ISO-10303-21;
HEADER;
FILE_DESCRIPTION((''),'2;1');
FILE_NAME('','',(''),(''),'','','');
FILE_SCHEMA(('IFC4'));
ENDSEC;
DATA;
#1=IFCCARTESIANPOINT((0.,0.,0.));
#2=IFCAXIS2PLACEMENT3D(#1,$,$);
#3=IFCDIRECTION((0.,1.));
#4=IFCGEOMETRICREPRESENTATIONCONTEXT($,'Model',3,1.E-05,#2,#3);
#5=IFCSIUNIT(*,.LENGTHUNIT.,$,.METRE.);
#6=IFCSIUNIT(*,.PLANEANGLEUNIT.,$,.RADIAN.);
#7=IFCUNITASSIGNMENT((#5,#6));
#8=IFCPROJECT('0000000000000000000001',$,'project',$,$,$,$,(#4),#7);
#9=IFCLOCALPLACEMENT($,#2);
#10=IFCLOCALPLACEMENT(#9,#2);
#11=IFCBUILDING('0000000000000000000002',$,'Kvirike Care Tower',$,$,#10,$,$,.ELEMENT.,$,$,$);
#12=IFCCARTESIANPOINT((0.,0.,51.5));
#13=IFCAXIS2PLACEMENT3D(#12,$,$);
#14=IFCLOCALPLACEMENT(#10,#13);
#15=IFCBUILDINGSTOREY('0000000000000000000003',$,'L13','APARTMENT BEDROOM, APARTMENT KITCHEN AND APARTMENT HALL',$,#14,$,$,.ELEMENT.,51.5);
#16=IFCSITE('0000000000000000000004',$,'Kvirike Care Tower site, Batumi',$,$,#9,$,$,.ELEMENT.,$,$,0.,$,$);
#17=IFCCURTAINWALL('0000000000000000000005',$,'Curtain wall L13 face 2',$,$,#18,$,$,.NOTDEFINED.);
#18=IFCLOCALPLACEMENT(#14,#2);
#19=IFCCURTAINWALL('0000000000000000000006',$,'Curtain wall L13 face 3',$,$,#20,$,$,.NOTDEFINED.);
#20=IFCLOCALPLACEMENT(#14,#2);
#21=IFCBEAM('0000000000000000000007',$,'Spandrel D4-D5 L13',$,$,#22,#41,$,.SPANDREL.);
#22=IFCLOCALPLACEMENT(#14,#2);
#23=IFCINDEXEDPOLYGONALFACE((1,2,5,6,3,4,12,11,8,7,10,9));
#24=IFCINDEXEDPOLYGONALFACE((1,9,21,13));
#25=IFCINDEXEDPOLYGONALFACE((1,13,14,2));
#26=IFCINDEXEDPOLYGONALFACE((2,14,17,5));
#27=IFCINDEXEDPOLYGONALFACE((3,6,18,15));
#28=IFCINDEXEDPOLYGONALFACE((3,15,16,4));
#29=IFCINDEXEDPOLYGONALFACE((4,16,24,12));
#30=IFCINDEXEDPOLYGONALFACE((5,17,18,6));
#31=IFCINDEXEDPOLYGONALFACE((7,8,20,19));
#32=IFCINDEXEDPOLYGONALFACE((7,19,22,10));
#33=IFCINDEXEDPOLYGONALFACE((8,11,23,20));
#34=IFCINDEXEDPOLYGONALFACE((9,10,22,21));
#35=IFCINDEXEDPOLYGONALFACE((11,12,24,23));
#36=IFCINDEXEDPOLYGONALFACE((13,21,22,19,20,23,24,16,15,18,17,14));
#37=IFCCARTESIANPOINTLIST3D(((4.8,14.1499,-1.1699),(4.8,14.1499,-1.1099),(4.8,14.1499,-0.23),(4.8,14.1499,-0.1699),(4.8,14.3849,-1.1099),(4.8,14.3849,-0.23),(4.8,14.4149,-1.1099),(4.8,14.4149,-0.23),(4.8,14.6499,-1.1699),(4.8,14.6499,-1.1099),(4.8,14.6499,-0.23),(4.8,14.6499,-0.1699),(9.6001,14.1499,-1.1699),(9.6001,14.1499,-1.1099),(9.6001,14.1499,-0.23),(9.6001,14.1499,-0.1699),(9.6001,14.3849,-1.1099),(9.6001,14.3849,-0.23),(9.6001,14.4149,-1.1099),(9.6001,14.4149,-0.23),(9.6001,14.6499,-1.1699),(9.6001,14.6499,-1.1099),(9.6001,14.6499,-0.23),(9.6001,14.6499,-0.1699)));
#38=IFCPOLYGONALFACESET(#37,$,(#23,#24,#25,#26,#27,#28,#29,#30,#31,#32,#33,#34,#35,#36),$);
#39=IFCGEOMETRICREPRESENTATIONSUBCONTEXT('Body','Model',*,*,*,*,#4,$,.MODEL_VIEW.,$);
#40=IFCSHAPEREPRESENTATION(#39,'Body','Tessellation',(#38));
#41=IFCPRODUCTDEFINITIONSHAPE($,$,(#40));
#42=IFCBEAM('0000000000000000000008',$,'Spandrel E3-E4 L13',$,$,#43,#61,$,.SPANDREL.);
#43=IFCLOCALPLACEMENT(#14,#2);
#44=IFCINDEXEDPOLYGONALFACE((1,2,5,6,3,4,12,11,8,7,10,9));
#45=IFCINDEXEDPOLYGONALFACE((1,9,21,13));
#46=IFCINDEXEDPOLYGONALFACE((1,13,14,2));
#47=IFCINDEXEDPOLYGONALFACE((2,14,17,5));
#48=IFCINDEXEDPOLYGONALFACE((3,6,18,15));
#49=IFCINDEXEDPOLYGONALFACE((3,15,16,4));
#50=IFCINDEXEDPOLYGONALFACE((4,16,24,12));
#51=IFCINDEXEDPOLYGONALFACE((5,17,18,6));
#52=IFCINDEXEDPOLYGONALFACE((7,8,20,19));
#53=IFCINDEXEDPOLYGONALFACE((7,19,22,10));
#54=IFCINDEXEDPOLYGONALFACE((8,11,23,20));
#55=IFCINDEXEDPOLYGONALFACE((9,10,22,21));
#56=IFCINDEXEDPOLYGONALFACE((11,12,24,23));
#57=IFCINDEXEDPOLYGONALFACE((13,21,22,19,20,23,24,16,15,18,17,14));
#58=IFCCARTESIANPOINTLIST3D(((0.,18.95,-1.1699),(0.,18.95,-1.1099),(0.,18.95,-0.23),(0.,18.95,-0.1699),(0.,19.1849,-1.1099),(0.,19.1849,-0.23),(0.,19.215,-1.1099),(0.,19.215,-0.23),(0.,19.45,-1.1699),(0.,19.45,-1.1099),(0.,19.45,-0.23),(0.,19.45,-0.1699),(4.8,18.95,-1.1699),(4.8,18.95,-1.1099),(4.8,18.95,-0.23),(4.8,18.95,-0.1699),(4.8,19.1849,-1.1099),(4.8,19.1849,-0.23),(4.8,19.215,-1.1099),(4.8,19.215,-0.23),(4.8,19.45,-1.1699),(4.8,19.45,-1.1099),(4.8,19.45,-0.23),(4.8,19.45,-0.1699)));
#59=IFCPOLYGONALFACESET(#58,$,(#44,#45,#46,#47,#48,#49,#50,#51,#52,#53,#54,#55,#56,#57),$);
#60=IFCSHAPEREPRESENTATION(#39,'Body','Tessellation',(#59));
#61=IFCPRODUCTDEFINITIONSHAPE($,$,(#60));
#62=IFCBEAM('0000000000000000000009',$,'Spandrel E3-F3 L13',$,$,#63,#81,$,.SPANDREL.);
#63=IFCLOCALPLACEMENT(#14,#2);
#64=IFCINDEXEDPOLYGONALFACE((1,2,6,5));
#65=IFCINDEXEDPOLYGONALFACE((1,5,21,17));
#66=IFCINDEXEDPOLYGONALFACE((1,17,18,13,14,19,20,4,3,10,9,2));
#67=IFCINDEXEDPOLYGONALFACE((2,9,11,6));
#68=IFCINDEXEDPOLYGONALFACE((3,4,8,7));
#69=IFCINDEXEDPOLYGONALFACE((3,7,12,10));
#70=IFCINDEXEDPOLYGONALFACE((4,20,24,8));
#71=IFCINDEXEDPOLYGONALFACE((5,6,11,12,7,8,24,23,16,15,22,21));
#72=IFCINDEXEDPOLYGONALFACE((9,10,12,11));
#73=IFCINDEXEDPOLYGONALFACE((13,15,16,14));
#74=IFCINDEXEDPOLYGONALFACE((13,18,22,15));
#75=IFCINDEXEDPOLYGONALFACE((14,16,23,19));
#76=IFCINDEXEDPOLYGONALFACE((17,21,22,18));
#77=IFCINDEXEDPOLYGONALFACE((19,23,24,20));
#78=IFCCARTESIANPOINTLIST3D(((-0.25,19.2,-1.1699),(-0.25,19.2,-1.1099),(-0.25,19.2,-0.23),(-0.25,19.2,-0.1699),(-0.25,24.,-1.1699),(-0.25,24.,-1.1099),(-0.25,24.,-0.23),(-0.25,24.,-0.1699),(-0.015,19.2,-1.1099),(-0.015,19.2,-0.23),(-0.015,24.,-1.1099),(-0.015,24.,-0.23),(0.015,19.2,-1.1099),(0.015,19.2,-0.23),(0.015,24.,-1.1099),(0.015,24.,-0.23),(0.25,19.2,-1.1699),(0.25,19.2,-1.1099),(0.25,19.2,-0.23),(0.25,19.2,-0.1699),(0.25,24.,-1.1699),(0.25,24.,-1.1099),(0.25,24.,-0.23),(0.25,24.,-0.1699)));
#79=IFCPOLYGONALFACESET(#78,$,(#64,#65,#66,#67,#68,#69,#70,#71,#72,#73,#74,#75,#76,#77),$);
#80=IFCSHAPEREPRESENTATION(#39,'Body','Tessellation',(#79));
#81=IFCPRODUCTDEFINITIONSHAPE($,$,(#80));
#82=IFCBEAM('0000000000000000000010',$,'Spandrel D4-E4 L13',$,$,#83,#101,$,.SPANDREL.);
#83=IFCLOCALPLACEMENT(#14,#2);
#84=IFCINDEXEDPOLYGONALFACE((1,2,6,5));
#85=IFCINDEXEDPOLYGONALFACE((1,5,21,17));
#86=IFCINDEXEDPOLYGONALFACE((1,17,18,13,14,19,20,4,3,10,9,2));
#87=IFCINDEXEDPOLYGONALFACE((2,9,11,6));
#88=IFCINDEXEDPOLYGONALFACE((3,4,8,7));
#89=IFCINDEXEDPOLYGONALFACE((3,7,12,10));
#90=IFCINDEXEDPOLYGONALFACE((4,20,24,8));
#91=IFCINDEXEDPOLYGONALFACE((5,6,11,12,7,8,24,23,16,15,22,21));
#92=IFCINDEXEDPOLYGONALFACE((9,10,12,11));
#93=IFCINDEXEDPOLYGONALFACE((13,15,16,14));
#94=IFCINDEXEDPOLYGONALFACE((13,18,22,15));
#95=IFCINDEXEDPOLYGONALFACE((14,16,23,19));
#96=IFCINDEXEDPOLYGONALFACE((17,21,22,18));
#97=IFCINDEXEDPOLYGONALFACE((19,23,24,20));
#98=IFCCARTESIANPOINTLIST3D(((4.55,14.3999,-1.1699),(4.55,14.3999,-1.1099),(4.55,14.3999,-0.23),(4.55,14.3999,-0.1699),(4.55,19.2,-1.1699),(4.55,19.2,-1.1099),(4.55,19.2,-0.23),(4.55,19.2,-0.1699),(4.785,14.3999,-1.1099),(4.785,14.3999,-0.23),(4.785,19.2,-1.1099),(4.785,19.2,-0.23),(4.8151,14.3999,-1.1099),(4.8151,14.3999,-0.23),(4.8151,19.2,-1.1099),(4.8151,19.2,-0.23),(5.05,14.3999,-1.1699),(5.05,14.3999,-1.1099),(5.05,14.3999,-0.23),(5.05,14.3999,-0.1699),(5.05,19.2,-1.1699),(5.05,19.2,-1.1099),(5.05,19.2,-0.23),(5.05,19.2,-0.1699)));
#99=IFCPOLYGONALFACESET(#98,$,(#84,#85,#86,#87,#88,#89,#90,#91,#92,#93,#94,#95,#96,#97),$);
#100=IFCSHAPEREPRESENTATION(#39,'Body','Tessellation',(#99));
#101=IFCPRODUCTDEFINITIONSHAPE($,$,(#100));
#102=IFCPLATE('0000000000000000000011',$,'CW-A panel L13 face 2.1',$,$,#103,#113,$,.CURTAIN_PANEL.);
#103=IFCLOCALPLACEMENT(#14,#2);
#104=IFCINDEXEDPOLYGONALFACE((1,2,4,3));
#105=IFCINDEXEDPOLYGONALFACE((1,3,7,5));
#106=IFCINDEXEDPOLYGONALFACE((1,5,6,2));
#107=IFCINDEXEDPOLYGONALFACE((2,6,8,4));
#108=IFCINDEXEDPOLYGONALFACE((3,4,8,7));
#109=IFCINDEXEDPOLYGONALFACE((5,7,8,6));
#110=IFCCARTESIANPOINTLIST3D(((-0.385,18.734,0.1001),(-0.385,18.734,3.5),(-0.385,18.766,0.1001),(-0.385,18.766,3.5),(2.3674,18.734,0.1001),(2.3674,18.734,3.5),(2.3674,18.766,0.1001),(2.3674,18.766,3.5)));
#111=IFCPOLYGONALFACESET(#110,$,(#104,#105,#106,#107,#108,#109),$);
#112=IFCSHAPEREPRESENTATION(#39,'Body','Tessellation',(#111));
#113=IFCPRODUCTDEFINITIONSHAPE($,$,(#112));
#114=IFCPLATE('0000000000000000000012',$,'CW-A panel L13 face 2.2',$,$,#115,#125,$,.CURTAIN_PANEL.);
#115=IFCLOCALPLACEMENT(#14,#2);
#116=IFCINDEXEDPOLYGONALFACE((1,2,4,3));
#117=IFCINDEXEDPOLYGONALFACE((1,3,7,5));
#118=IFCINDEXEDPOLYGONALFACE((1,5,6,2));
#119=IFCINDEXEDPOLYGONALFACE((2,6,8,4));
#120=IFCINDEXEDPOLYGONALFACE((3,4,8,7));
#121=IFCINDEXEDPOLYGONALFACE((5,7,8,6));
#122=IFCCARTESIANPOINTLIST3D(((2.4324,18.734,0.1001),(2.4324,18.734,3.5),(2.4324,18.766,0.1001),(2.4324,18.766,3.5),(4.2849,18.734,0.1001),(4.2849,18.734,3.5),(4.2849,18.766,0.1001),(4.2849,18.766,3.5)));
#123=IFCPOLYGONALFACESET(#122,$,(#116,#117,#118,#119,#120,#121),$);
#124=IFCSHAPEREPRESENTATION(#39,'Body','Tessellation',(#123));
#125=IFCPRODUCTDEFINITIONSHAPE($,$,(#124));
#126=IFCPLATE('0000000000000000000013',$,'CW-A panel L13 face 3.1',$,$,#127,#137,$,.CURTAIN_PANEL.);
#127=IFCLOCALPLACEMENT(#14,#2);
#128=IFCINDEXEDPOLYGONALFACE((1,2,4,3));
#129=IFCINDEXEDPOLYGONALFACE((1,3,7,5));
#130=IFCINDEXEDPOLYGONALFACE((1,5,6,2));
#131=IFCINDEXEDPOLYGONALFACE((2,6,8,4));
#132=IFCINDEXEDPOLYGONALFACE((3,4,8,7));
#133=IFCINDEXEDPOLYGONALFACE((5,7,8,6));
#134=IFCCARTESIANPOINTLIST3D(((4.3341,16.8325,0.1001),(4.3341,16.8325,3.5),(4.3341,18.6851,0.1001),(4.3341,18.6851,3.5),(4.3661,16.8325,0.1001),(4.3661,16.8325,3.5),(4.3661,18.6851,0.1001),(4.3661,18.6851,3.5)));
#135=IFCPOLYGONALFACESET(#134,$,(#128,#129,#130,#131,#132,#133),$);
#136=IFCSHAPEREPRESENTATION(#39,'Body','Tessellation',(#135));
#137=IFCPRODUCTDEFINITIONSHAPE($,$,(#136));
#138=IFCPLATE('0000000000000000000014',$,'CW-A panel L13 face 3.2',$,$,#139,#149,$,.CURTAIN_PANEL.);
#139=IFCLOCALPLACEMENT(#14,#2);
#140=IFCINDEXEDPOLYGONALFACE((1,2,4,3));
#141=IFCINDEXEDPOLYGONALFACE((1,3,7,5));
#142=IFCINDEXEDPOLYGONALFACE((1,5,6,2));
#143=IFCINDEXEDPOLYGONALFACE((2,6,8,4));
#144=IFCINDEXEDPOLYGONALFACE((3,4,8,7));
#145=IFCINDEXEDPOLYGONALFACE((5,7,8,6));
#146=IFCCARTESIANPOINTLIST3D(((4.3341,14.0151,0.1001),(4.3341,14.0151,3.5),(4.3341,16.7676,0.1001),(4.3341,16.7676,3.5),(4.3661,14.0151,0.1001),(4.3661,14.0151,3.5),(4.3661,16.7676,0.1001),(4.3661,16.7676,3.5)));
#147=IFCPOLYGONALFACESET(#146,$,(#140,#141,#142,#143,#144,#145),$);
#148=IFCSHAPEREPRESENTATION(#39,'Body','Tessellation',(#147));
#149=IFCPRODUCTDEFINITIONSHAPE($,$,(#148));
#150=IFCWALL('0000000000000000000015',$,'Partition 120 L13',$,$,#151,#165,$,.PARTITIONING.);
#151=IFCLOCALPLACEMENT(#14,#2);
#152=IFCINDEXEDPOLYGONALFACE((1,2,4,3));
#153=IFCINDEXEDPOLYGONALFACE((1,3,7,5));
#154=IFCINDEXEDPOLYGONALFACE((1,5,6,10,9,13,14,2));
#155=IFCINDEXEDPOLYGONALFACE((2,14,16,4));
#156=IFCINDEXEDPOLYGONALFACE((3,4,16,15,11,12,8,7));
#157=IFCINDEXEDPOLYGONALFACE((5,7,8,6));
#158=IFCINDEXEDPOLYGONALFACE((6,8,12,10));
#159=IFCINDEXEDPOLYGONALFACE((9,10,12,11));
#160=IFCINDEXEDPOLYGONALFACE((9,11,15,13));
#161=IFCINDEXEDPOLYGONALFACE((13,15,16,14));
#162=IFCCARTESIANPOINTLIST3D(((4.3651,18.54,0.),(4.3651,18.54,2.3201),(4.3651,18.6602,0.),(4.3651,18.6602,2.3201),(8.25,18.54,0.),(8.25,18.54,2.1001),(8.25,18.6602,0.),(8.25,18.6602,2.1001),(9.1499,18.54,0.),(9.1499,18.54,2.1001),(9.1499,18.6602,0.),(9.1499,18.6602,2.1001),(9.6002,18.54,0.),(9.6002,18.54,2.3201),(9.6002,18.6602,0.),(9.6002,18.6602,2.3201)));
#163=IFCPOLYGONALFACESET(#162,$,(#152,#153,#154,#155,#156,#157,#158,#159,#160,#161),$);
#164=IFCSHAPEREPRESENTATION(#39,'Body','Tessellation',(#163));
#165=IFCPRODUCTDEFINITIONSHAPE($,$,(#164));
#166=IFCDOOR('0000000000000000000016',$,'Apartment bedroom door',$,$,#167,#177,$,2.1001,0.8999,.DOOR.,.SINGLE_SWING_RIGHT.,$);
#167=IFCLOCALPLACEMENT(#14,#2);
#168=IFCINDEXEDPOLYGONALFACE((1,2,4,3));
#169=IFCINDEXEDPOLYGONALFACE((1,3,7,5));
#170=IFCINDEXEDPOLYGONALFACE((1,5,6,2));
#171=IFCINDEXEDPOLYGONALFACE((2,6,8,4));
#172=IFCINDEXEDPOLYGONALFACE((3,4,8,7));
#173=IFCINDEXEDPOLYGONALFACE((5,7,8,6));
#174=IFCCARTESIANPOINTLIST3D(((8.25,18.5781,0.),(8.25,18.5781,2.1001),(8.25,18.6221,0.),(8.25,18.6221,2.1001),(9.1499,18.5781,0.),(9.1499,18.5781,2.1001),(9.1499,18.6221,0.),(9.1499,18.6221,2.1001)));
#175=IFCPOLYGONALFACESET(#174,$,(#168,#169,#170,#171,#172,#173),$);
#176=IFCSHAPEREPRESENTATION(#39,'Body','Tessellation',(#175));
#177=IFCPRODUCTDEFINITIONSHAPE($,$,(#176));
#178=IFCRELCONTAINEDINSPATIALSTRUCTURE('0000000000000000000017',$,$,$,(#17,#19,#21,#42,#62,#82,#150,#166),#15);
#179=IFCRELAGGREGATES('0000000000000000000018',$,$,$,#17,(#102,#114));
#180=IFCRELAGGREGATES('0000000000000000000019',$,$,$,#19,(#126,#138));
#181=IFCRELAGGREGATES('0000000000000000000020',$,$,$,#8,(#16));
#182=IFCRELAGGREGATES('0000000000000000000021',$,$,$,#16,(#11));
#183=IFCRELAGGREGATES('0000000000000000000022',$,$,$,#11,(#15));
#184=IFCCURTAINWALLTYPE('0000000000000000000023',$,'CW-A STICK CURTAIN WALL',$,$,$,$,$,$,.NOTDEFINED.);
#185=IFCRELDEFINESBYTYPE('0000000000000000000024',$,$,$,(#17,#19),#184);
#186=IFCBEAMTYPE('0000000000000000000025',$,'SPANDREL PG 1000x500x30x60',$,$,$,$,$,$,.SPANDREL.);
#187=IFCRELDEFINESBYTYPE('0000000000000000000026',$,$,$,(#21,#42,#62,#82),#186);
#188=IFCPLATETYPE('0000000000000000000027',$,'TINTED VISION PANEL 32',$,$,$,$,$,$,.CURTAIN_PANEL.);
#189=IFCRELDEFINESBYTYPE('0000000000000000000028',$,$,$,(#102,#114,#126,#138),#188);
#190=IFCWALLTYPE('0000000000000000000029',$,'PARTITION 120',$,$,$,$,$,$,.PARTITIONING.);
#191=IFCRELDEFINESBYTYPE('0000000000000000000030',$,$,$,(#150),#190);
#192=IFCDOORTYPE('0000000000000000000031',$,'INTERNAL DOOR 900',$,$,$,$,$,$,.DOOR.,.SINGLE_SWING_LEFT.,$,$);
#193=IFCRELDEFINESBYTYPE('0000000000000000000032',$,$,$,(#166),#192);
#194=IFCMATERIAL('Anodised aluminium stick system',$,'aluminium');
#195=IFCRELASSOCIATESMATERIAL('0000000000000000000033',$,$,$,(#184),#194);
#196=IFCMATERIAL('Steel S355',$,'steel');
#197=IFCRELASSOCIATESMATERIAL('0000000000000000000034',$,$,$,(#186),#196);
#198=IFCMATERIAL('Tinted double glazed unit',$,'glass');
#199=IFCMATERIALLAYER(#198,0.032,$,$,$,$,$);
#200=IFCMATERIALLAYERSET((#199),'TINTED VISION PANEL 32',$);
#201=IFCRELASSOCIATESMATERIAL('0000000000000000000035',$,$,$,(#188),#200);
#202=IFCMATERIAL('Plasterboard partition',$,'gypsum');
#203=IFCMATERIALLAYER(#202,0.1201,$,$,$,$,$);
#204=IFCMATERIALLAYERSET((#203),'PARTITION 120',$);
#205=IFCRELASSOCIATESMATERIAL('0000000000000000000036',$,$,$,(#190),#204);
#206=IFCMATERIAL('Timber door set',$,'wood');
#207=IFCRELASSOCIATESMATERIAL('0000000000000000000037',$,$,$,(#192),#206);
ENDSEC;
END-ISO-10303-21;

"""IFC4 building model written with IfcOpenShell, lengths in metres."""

from ifc_helpers import new_model, si_unit, direction, frame, frame_2d, origin, origin_2d, place, context, subcontext, project, spatial, rectangle, i_section, extrude, material, layer, layer_set, material_profile, profile_set, type_object, element, fill, aggregate, save


model = new_model("IFC4")

# Units and contexts
model_context = context("Model", 3, precision=1e-05, world=origin(), true_north=direction((0.0, 1.0)))
body_context = subcontext(model_context, "Body", "Model", "MODEL_VIEW")
ifc_project = project(units=[si_unit("LENGTHUNIT", "METRE"), si_unit("PLANEANGLEUNIT", "RADIAN")], contexts=[model_context])

# Site, building, storey
site_placement = place(None, origin())
site = spatial("IfcSite", under=ifc_project, at=site_placement, Name="Kvirike Care Tower site, Batumi", CompositionType="ELEMENT", RefElevation=0.0)
building_placement = place(site_placement, origin())
building = spatial("IfcBuilding", under=site, at=building_placement, Name="Kvirike Care Tower", CompositionType="ELEMENT")
storey_placement = place(building_placement, frame((0.0, 0.0, 51.5)))
storey = spatial("IfcBuildingStorey", under=building, at=storey_placement, Name="L13", Description="APARTMENT BEDROOM, APARTMENT KITCHEN AND APARTMENT HALL", CompositionType="ELEMENT", Elevation=51.5)

# Shared definitions
ifc_material_1 = material(Name="Anodised aluminium stick system", Category="aluminium")
curtain_wall_type = type_object("IfcCurtainWallType", Name="CW-A STICK CURTAIN WALL", PredefinedType="NOTDEFINED", material=ifc_material_1)

# Curtain walls
curtain_wall_1_placement = place(storey_placement, origin())
curtain_wall_1 = element("IfcCurtainWall", 1, at=curtain_wall_1_placement, inside=storey, type_object=curtain_wall_type, Name="Curtain wall L13 face 2", PredefinedType="NOTDEFINED")
curtain_wall_2_placement = place(storey_placement, origin())
curtain_wall_2 = element("IfcCurtainWall", 2, at=curtain_wall_2_placement, inside=storey, type_object=curtain_wall_type, Name="Curtain wall L13 face 3", PredefinedType="NOTDEFINED")

# Beams
ifc_material_2 = material(Name="Steel S355", Category="steel")
ifc_material_profile_1 = material_profile(ifc_material_2, i_section(OverallWidth=0.5, OverallDepth=1.0, WebThickness=0.03, FlangeThickness=0.0601, at=origin_2d()), Name="PG 1000x500x30x60")
ifc_profile_set_1 = profile_set([ifc_material_profile_1], Name="Steel S355")
beam_type = type_object("IfcBeamType", Name="SPANDREL PG 1000x500x30x60", PredefinedType="SPANDREL", material=ifc_profile_set_1)
for number, where, z_axis, x_axis, name in (
    (3, (4.8, 14.3999, -0.6699), (1.0, 0.0, 0.0), (0.0, 1.0, 0.0), "Spandrel D4-D5 L13"),
    (4, (0.0, 19.2, -0.6699), (1.0, 0.0, 0.0), (0.0, 1.0, 0.0), "Spandrel E3-E4 L13"),
    (5, (0.0, 19.2, -0.6699), (0.0, 1.0, 0.0), (-1.0, 0.0, 0.0), "Spandrel E3-F3 L13"),
    (6, (4.8, 14.3999, -0.6699), (0.0, 1.0, 0.0), (-1.0, 0.0, 0.0), "Spandrel D4-E4 L13"),
):
    element("IfcBeam", number, at=place(storey_placement, frame(where, z_axis=z_axis, x_axis=x_axis)), inside=storey, type_object=beam_type, Name=name, PredefinedType="SPANDREL", context=body_context, shape_type="SweptSolid", body=[
        extrude(i_section(OverallWidth=0.5, OverallDepth=1.0, WebThickness=0.03, FlangeThickness=0.0601, at=origin_2d()), origin(), (0.0, 0.0, 1.0), 4.8),
    ])

# Plates
ifc_material_3 = material(Name="Tinted double glazed unit", Category="glass")
ifc_layer_1 = layer(ifc_material_3, 0.032)
ifc_layer_set_1 = layer_set([ifc_layer_1], Name="TINTED VISION PANEL 32")
plate_type = type_object("IfcPlateType", Name="TINTED VISION PANEL 32", PredefinedType="CURTAIN_PANEL", material=ifc_layer_set_1)
plate_1_placement = place(storey_placement, frame((0.9912, 18.75, 0.1001), z_axis=(0.0, 0.0, 1.0), x_axis=(1.0, 0.0, 0.0)))
plate_1 = element("IfcPlate", 7, at=plate_1_placement, type_object=plate_type, Name="CW-A panel L13 face 2.1", PredefinedType="CURTAIN_PANEL", context=body_context, shape_type="SweptSolid", body=[
    extrude(rectangle(XDim=2.7524, YDim=0.032, at=origin_2d()), origin(), (0.0, 0.0, 1.0), 3.3999),
])
plate_2_placement = place(storey_placement, frame((3.3586, 18.75, 0.1001), z_axis=(0.0, 0.0, 1.0), x_axis=(1.0, 0.0, 0.0)))
plate_2 = element("IfcPlate", 8, at=plate_2_placement, type_object=plate_type, Name="CW-A panel L13 face 2.2", PredefinedType="CURTAIN_PANEL", context=body_context, shape_type="SweptSolid", body=[
    extrude(rectangle(XDim=1.8525, YDim=0.032, at=origin_2d()), origin(), (0.0, 0.0, 1.0), 3.3999),
])
aggregate(curtain_wall_1, [plate_1, plate_2])
plate_3_placement = place(storey_placement, frame((4.3501, 17.7588, 0.1001), z_axis=(0.0, 0.0, 1.0), x_axis=(0.0, -1.0, 0.0)))
plate_3 = element("IfcPlate", 9, at=plate_3_placement, type_object=plate_type, Name="CW-A panel L13 face 3.1", PredefinedType="CURTAIN_PANEL", context=body_context, shape_type="SweptSolid", body=[
    extrude(rectangle(XDim=1.8525, YDim=0.032, at=origin_2d()), origin(), (0.0, 0.0, 1.0), 3.3999),
])
plate_4_placement = place(storey_placement, frame((4.3501, 15.3914, 0.1001), z_axis=(0.0, 0.0, 1.0), x_axis=(0.0, -1.0, 0.0)))
plate_4 = element("IfcPlate", 10, at=plate_4_placement, type_object=plate_type, Name="CW-A panel L13 face 3.2", PredefinedType="CURTAIN_PANEL", context=body_context, shape_type="SweptSolid", body=[
    extrude(rectangle(XDim=2.7524, YDim=0.032, at=origin_2d()), origin(), (0.0, 0.0, 1.0), 3.3999),
])
aggregate(curtain_wall_2, [plate_3, plate_4])

# Wall, opening, door
ifc_material_4 = material(Name="Plasterboard partition", Category="gypsum")
ifc_layer_2 = layer(ifc_material_4, 0.1201)
ifc_layer_set_2 = layer_set([ifc_layer_2], Name="PARTITION 120")
wall_type = type_object("IfcWallType", Name="PARTITION 120", PredefinedType="PARTITIONING", material=ifc_layer_set_2)
wall_placement = place(storey_placement, frame((4.365, 18.6001, 0.0), z_axis=(0.0, 0.0, 1.0), x_axis=(1.0, 0.0, 0.0)))
wall = element("IfcWall", 11, at=wall_placement, inside=storey, type_object=wall_type, Name="Partition 120 L13", PredefinedType="PARTITIONING", context=body_context, shape_type="SweptSolid", body=[
    extrude(rectangle(XDim=5.2351, YDim=0.1201, at=frame_2d((2.6177, 0.0))), origin(), (0.0, 0.0, 1.0), 2.3201),
])
opening_placement = place(wall_placement, frame((3.885, 0.0, 0.0)))
opening = element("IfcOpeningElement", 12, at=opening_placement, cuts=wall, PredefinedType="OPENING", context=body_context, shape_type="SweptSolid", body=[
    extrude(rectangle(XDim=0.8999, YDim=2.1001, at=frame_2d((0.45, 1.05))), frame((0.0, 0.0706, 0.0), z_axis=(0.0, -1.0, 0.0), x_axis=(1.0, 0.0, 0.0)), (0.0, 0.0, 1.0), 0.1411),
])
ifc_material_5 = material(Name="Timber door set", Category="wood")
door_type = type_object("IfcDoorType", Name="INTERNAL DOOR 900", OperationType="SINGLE_SWING_LEFT", PredefinedType="DOOR", material=ifc_material_5)
door_placement = place(opening_placement, frame((0.8999, 0.0, 0.0), z_axis=(0.0, 0.0, 1.0), x_axis=(-1.0, 0.0, 0.0)))
door = element("IfcDoor", 13, at=door_placement, inside=storey, type_object=door_type, Name="Apartment bedroom door", OperationType="SINGLE_SWING_RIGHT", OverallHeight=2.1001, OverallWidth=0.8999, PredefinedType="DOOR", context=body_context, shape_type="SweptSolid", body=[
    extrude(rectangle(XDim=0.8999, YDim=2.1001, at=frame_2d((0.45, 1.05))), frame((0.0, 0.022, 0.0), z_axis=(0.0, -1.0, 0.0), x_axis=(1.0, 0.0, 0.0)), (0.0, 0.0, 1.0), 0.0439),
])
fill(opening, door)

save(model, "model.ifc")
